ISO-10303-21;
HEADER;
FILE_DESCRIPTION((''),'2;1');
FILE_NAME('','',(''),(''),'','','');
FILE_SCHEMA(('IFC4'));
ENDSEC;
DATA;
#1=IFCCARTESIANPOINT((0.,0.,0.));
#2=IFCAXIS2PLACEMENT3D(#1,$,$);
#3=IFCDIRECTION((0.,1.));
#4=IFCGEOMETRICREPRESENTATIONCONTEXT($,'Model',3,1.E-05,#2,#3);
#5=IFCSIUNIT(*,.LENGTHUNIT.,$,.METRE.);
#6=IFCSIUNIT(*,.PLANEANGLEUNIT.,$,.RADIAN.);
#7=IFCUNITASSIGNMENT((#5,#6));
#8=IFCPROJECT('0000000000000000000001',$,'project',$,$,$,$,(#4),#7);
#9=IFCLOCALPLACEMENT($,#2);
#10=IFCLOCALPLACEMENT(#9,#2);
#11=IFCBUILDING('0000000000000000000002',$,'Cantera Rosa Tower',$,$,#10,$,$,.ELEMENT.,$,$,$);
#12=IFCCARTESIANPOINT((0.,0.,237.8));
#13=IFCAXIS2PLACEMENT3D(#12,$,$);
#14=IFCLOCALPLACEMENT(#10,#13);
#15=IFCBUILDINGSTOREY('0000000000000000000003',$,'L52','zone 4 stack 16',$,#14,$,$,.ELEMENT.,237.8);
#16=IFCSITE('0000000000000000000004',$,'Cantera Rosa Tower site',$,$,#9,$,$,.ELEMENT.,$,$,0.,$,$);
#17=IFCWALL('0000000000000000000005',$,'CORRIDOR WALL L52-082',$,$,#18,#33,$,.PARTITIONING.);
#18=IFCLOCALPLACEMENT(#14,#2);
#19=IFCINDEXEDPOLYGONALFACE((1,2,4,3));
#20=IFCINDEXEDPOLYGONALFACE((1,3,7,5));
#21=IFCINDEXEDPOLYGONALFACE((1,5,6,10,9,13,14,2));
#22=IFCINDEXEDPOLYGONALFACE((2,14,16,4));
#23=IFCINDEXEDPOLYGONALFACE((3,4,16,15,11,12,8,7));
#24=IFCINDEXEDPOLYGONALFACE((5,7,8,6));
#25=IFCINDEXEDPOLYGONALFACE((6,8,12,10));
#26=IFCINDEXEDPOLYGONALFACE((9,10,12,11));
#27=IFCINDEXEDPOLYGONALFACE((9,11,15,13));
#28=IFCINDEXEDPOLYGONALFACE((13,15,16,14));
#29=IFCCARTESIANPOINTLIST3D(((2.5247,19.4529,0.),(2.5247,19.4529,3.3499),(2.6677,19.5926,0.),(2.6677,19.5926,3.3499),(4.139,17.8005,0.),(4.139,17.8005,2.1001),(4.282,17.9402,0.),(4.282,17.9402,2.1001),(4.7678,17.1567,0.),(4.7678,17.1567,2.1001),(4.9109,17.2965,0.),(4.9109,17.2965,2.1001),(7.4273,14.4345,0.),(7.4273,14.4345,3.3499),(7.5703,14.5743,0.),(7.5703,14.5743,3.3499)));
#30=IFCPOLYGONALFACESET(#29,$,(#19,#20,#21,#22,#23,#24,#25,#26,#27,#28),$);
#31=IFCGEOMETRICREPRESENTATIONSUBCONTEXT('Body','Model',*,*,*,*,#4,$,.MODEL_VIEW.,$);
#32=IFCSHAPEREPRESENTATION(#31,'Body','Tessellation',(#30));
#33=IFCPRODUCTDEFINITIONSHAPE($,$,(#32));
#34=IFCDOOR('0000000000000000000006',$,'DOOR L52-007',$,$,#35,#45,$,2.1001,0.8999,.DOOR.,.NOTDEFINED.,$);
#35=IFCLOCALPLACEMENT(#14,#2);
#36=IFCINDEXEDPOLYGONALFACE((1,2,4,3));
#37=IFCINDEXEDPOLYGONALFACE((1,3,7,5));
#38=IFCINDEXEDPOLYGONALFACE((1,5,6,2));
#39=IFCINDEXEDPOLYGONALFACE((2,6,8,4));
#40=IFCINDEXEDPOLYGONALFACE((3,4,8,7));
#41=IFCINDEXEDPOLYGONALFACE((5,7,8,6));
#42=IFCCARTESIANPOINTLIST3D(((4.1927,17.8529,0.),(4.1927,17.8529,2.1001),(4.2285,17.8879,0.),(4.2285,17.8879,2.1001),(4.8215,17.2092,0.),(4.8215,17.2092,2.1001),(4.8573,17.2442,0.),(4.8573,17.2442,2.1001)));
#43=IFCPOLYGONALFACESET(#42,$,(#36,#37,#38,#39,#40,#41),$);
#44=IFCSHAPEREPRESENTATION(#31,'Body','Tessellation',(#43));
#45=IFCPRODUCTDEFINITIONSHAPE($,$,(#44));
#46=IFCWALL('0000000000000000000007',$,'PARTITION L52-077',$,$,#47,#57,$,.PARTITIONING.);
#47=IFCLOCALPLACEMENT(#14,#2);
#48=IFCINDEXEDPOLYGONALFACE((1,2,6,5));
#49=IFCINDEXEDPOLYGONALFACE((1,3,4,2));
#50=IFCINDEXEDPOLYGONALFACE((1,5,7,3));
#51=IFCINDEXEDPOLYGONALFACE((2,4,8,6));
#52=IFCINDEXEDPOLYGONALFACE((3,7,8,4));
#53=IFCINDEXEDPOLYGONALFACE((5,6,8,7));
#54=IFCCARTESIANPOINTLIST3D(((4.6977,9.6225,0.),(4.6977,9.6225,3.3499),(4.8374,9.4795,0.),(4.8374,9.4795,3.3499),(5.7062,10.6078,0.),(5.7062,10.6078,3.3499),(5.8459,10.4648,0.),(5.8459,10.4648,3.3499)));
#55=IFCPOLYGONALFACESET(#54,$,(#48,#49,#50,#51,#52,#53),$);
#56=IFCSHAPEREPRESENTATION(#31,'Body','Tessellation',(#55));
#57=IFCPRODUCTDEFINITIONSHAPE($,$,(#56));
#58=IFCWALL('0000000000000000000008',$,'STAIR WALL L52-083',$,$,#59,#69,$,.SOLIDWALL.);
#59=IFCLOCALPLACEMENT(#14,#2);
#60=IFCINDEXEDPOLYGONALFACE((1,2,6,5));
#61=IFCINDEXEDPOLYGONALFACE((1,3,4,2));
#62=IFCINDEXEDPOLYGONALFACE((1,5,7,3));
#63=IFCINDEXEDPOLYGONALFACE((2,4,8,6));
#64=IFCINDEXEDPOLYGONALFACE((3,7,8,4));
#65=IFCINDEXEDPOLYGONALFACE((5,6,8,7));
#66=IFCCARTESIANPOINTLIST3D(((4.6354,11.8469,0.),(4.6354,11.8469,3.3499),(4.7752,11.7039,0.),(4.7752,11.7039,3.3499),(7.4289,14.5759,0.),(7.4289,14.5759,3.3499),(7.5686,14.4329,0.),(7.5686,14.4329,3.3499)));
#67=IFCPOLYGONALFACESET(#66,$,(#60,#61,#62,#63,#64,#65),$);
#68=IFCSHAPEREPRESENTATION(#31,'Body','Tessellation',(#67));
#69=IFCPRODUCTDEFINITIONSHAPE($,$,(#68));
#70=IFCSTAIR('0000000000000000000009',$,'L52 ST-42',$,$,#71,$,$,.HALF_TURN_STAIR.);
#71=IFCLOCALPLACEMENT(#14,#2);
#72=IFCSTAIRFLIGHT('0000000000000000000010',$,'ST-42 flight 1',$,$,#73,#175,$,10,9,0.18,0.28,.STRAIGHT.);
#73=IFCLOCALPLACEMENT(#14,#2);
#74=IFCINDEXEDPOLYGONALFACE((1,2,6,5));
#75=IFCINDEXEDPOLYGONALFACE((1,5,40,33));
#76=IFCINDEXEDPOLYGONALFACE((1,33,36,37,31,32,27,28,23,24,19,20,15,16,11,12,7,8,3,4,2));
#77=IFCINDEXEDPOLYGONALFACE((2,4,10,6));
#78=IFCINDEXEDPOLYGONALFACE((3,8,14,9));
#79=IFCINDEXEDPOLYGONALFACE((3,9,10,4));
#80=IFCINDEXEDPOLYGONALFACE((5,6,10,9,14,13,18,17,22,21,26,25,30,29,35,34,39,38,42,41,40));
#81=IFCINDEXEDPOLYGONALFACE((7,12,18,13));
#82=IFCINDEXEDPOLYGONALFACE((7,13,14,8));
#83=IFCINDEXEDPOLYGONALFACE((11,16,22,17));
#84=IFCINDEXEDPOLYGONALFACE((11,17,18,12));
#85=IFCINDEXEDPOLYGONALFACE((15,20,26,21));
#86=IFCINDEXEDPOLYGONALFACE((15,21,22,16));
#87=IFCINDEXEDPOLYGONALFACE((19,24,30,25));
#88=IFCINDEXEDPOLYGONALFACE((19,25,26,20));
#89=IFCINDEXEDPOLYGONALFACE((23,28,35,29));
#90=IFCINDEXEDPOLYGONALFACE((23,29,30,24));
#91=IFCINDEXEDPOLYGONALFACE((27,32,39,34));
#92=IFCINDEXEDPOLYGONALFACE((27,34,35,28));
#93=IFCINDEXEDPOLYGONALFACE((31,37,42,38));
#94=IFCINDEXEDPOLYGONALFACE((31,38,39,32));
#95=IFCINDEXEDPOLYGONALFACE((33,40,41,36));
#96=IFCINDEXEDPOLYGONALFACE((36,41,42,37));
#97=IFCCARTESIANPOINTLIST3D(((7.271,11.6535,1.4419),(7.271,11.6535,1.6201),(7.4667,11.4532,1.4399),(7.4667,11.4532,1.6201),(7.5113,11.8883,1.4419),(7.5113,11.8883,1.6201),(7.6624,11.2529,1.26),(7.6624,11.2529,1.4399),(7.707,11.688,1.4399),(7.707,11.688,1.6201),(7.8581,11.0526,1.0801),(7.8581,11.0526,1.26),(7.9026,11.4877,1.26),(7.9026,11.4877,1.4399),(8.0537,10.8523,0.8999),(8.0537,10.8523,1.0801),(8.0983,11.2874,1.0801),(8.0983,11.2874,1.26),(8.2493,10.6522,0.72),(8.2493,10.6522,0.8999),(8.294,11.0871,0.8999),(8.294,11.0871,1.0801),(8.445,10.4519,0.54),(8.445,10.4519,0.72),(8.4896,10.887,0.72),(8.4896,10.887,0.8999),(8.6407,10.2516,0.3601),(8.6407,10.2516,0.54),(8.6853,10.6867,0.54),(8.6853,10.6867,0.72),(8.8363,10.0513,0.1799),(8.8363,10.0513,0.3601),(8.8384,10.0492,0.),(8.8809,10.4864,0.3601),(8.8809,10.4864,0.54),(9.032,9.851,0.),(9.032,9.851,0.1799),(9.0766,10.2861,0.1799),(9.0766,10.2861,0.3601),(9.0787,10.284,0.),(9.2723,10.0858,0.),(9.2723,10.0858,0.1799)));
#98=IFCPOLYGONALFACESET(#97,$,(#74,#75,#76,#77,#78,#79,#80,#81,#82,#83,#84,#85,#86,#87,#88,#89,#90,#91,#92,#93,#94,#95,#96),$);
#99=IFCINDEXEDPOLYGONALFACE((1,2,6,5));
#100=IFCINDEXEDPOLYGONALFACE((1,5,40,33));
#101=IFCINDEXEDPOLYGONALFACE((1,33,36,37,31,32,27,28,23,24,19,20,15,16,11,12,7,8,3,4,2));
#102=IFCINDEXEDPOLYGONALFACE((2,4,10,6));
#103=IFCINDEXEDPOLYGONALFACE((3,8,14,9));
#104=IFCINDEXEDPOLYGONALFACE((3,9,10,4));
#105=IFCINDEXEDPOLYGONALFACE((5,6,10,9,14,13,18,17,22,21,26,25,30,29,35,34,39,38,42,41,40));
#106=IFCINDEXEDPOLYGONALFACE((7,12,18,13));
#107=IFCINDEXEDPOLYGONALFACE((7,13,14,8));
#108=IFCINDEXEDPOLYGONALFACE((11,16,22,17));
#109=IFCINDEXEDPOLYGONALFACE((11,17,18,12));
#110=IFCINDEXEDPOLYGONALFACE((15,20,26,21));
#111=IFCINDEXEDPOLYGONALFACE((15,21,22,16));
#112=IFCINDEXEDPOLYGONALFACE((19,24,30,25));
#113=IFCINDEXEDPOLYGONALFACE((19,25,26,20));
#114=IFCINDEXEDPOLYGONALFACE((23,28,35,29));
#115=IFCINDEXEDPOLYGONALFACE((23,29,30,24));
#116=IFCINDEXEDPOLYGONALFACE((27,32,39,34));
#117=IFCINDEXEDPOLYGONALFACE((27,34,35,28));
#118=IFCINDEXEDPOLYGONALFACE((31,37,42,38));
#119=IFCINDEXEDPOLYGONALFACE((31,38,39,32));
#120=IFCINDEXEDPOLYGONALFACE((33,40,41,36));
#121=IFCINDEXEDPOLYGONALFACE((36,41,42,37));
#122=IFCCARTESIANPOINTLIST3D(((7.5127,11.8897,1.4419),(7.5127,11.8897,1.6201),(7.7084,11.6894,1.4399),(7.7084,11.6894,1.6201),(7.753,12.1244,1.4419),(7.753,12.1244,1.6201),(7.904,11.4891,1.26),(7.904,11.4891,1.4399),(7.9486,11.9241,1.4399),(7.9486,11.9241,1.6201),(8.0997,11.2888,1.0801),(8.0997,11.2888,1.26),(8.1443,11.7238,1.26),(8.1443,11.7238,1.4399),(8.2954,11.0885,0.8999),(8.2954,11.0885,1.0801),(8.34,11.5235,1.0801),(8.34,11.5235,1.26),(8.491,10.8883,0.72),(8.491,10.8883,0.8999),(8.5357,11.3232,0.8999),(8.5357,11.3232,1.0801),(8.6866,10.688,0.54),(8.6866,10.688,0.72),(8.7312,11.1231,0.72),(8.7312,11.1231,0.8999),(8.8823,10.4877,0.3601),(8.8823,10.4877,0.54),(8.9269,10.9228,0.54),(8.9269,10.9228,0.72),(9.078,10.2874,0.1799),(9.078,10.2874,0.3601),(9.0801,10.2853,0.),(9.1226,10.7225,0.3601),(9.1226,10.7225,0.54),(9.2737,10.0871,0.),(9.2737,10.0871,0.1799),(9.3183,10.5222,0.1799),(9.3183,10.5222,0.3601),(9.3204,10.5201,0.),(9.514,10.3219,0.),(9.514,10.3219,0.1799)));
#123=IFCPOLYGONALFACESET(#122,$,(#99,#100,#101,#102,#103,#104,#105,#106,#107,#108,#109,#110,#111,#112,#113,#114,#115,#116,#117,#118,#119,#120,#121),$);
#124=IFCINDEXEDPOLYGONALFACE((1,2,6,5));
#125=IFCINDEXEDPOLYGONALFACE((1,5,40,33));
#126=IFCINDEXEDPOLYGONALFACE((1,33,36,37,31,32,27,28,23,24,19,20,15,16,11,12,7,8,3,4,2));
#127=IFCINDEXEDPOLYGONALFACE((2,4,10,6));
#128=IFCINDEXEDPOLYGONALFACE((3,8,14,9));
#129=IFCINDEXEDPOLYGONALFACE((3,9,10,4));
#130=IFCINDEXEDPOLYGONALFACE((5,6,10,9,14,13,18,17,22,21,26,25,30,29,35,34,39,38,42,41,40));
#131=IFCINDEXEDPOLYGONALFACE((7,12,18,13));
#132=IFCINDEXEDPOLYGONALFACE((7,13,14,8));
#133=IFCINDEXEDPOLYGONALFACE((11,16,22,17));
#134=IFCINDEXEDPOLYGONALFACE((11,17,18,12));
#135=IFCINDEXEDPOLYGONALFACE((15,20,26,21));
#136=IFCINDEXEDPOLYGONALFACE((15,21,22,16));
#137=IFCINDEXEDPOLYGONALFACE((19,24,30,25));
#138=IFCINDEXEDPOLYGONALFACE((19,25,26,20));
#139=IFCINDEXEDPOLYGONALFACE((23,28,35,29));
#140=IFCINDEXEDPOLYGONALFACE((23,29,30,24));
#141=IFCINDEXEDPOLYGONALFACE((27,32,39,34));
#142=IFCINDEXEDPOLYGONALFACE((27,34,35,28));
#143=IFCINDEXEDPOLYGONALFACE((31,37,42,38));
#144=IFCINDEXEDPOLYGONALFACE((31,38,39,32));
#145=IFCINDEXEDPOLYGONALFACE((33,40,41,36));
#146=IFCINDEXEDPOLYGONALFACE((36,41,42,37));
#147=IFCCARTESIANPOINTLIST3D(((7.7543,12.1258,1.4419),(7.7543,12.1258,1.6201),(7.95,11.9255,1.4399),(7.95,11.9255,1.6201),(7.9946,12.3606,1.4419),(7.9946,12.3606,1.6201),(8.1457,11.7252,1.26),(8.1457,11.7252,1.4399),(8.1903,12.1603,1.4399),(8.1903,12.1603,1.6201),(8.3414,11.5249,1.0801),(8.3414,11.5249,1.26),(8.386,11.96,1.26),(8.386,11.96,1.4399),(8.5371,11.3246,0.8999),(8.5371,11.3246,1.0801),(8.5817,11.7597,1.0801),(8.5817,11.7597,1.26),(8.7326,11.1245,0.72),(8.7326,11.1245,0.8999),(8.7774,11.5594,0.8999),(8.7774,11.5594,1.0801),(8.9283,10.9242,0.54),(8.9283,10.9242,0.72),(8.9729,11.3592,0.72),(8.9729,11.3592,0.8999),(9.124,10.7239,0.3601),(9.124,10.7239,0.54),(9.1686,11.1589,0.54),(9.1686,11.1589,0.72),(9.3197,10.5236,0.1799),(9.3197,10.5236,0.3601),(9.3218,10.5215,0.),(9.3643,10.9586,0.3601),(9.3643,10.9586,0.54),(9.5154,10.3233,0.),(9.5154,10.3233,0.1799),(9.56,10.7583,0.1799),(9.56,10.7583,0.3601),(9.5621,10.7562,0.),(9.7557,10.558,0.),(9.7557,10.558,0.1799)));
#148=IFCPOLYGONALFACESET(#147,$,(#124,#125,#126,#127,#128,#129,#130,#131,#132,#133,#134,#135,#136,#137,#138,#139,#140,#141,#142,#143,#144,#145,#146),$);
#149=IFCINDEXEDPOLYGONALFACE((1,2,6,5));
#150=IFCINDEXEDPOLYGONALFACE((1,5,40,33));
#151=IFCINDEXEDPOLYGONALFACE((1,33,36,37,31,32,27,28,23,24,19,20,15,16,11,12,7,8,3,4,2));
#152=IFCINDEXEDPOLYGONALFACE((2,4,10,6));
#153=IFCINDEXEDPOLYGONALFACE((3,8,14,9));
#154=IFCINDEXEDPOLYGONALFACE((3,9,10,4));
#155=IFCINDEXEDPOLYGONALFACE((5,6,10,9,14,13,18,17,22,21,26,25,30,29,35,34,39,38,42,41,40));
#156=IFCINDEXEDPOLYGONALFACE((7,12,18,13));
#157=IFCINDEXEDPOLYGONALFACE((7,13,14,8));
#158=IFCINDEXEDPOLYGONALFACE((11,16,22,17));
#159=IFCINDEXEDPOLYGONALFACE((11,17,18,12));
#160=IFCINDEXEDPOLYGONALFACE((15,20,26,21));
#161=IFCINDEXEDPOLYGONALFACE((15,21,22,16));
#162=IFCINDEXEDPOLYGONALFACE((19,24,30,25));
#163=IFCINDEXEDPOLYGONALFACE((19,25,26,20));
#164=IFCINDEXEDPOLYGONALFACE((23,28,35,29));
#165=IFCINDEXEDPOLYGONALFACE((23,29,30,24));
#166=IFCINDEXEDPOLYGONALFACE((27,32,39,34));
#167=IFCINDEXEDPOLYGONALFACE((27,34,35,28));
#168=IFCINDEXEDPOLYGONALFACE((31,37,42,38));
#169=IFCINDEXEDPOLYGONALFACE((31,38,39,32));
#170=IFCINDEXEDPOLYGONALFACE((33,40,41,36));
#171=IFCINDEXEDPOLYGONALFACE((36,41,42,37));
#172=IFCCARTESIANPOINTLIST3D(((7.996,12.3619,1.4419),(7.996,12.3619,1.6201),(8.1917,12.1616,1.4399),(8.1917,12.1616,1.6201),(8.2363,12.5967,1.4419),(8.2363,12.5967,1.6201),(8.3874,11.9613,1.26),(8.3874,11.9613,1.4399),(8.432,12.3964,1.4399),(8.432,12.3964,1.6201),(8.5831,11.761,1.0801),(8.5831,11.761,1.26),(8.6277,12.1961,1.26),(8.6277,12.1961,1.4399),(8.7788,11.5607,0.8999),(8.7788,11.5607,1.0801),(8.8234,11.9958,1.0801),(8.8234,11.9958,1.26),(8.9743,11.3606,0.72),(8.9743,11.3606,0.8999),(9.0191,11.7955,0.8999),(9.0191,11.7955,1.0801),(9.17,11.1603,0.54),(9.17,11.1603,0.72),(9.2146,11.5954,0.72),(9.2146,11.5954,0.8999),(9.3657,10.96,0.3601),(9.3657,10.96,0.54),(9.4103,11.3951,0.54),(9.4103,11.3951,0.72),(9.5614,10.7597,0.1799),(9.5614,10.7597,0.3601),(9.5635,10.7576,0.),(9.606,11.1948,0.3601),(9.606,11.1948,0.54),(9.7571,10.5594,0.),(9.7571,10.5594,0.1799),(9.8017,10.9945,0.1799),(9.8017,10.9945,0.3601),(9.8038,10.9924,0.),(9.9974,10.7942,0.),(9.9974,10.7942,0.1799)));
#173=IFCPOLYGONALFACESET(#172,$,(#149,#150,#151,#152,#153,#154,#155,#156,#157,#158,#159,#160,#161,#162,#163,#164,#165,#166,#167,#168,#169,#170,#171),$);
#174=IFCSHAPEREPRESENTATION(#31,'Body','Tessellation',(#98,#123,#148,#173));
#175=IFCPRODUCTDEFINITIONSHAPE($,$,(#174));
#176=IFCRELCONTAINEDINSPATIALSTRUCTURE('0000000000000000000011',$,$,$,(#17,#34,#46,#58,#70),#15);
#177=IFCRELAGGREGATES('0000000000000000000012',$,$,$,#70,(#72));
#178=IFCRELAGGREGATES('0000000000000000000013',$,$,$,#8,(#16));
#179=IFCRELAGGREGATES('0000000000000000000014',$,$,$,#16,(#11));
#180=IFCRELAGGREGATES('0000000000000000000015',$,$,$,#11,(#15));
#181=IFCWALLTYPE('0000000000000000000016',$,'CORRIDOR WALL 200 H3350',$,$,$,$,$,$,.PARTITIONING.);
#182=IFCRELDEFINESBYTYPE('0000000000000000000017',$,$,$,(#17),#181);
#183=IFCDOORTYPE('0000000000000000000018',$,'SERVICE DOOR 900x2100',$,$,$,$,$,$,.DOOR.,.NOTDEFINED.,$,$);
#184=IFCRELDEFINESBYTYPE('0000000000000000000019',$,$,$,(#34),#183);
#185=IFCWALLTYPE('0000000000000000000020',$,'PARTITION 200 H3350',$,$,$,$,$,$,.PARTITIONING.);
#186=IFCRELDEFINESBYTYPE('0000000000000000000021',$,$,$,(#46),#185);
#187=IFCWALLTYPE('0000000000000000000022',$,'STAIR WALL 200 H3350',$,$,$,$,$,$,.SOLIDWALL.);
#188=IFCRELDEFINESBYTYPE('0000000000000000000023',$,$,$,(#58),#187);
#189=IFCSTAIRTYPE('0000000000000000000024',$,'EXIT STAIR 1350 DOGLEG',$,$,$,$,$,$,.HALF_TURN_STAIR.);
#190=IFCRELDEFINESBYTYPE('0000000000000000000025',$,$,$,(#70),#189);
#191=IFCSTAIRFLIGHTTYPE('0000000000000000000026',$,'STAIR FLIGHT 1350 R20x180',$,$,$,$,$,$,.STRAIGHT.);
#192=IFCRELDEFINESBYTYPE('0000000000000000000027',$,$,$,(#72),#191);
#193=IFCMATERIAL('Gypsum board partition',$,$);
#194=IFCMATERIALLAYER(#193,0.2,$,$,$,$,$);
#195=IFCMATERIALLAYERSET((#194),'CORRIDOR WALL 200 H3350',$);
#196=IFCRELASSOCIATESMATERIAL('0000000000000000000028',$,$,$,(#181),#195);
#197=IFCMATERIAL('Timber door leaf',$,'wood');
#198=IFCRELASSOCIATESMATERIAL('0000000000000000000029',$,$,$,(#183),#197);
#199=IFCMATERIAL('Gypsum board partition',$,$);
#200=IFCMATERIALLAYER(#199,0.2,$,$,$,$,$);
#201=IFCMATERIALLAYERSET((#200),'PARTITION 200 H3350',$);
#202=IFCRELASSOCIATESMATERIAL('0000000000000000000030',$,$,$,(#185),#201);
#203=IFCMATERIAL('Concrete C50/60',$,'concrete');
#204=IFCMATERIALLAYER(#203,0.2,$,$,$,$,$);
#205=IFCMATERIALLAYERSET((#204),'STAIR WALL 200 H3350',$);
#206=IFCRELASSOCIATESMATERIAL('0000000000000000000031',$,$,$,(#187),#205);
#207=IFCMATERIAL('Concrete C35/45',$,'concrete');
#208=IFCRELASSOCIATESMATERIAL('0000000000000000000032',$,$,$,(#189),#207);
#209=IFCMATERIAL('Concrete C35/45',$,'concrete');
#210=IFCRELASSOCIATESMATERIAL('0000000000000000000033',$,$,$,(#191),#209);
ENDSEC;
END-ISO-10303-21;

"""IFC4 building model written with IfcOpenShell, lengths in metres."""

from ifc_helpers import new_model, si_unit, direction, frame, frame_2d, origin, place, context, subcontext, project, spatial, polyline, rectangle, outline, extrude, material, layer, layer_set, type_object, element, fill, aggregate, save


model = new_model("IFC4")

# Units and contexts
model_context = context("Model", 3, precision=1e-05, world=origin(), true_north=direction((0.0, 1.0)))
body_context = subcontext(model_context, "Body", "Model", "MODEL_VIEW")
ifc_project = project(units=[si_unit("LENGTHUNIT", "METRE"), si_unit("PLANEANGLEUNIT", "RADIAN")], contexts=[model_context])

# Site, building, storey
site_placement = place(None, origin())
site = spatial("IfcSite", under=ifc_project, at=site_placement, Name="Cantera Rosa Tower site", CompositionType="ELEMENT", RefElevation=0.0)
building_placement = place(site_placement, origin())
building = spatial("IfcBuilding", under=site, at=building_placement, Name="Cantera Rosa Tower", CompositionType="ELEMENT")
storey_placement = place(building_placement, frame((0.0, 0.0, 237.8)))
storey = spatial("IfcBuildingStorey", under=building, at=storey_placement, Name="L52", Description="zone 4 stack 16", CompositionType="ELEMENT", Elevation=237.8)

# Wall, opening, door
ifc_material_1 = material(Name="Gypsum board partition")
ifc_layer_1 = layer(ifc_material_1, 0.2)
ifc_layer_set_1 = layer_set([ifc_layer_1], Name="CORRIDOR WALL 200 H3350")
wall_type_1 = type_object("IfcWallType", Name="CORRIDOR WALL 200 H3350", PredefinedType="PARTITIONING", material=ifc_layer_set_1)
wall_1_placement = place(storey_placement, frame((7.4988, 14.5044, 0.0), z_axis=(0.0, 0.0, 1.0), x_axis=(-0.698811, 0.715306, 0.0)))
wall_1 = element("IfcWall", 1, at=wall_1_placement, inside=storey, type_object=wall_type_1, Name="CORRIDOR WALL L52-082", PredefinedType="PARTITIONING", context=body_context, shape_type="SweptSolid", body=[
    extrude(rectangle(XDim=7.0156, YDim=0.2, at=frame_2d((3.5078, 0.0))), origin(), (0.0, 0.0, 1.0), 3.3499),
])
opening_placement = place(wall_1_placement, frame((3.8057, 0.0, 0.0)))
opening = element("IfcOpeningElement", 2, at=opening_placement, cuts=wall_1, PredefinedType="OPENING", context=body_context, shape_type="SweptSolid", body=[
    extrude(rectangle(XDim=0.8999, YDim=2.1001, at=frame_2d((0.45, 1.05))), frame((0.0, 0.1099, 0.0), z_axis=(0.0, -1.0, 0.0), x_axis=(1.0, 0.0, 0.0)), (0.0, 0.0, 1.0), 0.22),
])
ifc_material_2 = material(Name="Timber door leaf", Category="wood")
door_type = type_object("IfcDoorType", Name="SERVICE DOOR 900x2100", OperationType="NOTDEFINED", PredefinedType="DOOR", material=ifc_material_2)
door_placement = place(opening_placement, origin())
door = element("IfcDoor", 3, at=door_placement, inside=storey, type_object=door_type, Name="DOOR L52-007", OperationType="NOTDEFINED", OverallHeight=2.1001, OverallWidth=0.8999, PredefinedType="DOOR", context=body_context, shape_type="SweptSolid", body=[
    extrude(rectangle(XDim=0.8999, YDim=2.1001, at=frame_2d((0.45, 1.05))), frame((0.0, 0.0249, 0.0), z_axis=(0.0, -1.0, 0.0), x_axis=(1.0, 0.0, 0.0)), (0.0, 0.0, 1.0), 0.05),
])
fill(opening, door)

# Walls
ifc_material_3 = material(Name="Gypsum board partition")
ifc_layer_2 = layer(ifc_material_3, 0.2)
ifc_layer_set_2 = layer_set([ifc_layer_2], Name="PARTITION 200 H3350")
wall_type_2 = type_object("IfcWallType", Name="PARTITION 200 H3350", PredefinedType="PARTITIONING", material=ifc_layer_set_2)
wall_2_placement = place(storey_placement, frame((5.7761, 10.5364, 0.0), z_axis=(0.0, 0.0, 1.0), x_axis=(-0.715284, -0.698834, 0.0)))
element("IfcWall", 4, at=wall_2_placement, inside=storey, type_object=wall_type_2, Name="PARTITION L52-077", PredefinedType="PARTITIONING", context=body_context, shape_type="SweptSolid", body=[
    extrude(rectangle(XDim=1.4099, YDim=0.2, at=frame_2d((0.7051, 0.0))), origin(), (0.0, 0.0, 1.0), 3.3499),
])
ifc_material_4 = material(Name="Concrete C50/60", Category="concrete")
ifc_layer_3 = layer(ifc_material_4, 0.2)
ifc_layer_set_3 = layer_set([ifc_layer_3], Name="STAIR WALL 200 H3350")
wall_type_3 = type_object("IfcWallType", Name="STAIR WALL 200 H3350", PredefinedType="SOLIDWALL", material=ifc_layer_set_3)
wall_3_placement = place(storey_placement, frame((7.4988, 14.5044, 0.0), z_axis=(0.0, 0.0, 1.0), x_axis=(-0.715311, -0.698806, 0.0)))
element("IfcWall", 5, at=wall_3_placement, inside=storey, type_object=wall_type_3, Name="STAIR WALL L52-083", PredefinedType="SOLIDWALL", context=body_context, shape_type="SweptSolid", body=[
    extrude(rectangle(XDim=3.9053, YDim=0.2, at=frame_2d((1.9526, 0.0))), origin(), (0.0, 0.0, 1.0), 3.3499),
])

# Stair, stair flight
ifc_material_5 = material(Name="Concrete C35/45", Category="concrete")
stair_type = type_object("IfcStairType", Name="EXIT STAIR 1350 DOGLEG", PredefinedType="HALF_TURN_STAIR", material=ifc_material_5)
stair_placement = place(storey_placement, origin())
stair = element("IfcStair", 6, at=stair_placement, inside=storey, type_object=stair_type, Name="L52 ST-42", PredefinedType="HALF_TURN_STAIR")
ifc_material_6 = material(Name="Concrete C35/45", Category="concrete")
stair_flight_type = type_object("IfcStairFlightType", Name="STAIR FLIGHT 1350 R20x180", PredefinedType="STRAIGHT", material=ifc_material_6)
stair_flight_1_placement = place(storey_placement, frame((9.5149, 10.3228, 0.0), z_axis=(0.0, 0.0, 1.0), x_axis=(-0.698832, 0.715286, 0.0)))
stair_flight_1 = element("IfcStairFlight", 7, at=stair_flight_1_placement, type_object=stair_flight_type, Name="ST-42 flight 1", NumberOfRisers=10, NumberOfTreads=9, PredefinedType="STRAIGHT", RiserHeight=0.18, TreadLength=0.28, context=body_context, shape_type="SweptSolid", body=[
    extrude(outline(polyline([(0.0, 0.0), (0.0, 0.1799), (0.28, 0.1799), (0.28, 0.3601), (0.5601, 0.3601), (0.5601, 0.54), (0.8401, 0.54), (0.8401, 0.72), (1.1201, 0.72), (1.1201, 0.8999), (1.3999, 0.8999), (1.3999, 1.0801), (1.6799, 1.0801), (1.6799, 1.26), (1.96, 1.26), (1.96, 1.4399), (2.24, 1.4399), (2.24, 1.6201), (2.52, 1.6201), (2.52, 1.8), (2.52, 1.4419), (0.2771, 0.0), (0.0, 0.0)])), frame((0.0, 0.675, 0.0), z_axis=(0.0, -1.0, 0.0), x_axis=(1.0, 0.0, 0.0)), (0.0, 0.0, 1.0), 0.3359),
    extrude(outline(polyline([(0.0, 0.0), (0.0, 0.1799), (0.28, 0.1799), (0.28, 0.3601), (0.5601, 0.3601), (0.5601, 0.54), (0.8401, 0.54), (0.8401, 0.72), (1.1201, 0.72), (1.1201, 0.8999), (1.3999, 0.8999), (1.3999, 1.0801), (1.6799, 1.0801), (1.6799, 1.26), (1.96, 1.26), (1.96, 1.4399), (2.24, 1.4399), (2.24, 1.6201), (2.52, 1.6201), (2.52, 1.8), (2.52, 1.4419), (0.2771, 0.0), (0.0, 0.0)])), frame((0.0, 0.3372, 0.0), z_axis=(0.0, -1.0, 0.0), x_axis=(1.0, 0.0, 0.0)), (0.0, 0.0, 1.0), 0.3359),
    extrude(outline(polyline([(0.0, 0.0), (0.0, 0.1799), (0.28, 0.1799), (0.28, 0.3601), (0.5601, 0.3601), (0.5601, 0.54), (0.8401, 0.54), (0.8401, 0.72), (1.1201, 0.72), (1.1201, 0.8999), (1.3999, 0.8999), (1.3999, 1.0801), (1.6799, 1.0801), (1.6799, 1.26), (1.96, 1.26), (1.96, 1.4399), (2.24, 1.4399), (2.24, 1.6201), (2.52, 1.6201), (2.52, 1.8), (2.52, 1.4419), (0.2771, 0.0), (0.0, 0.0)])), frame((0.0, -0.0007, 0.0), z_axis=(0.0, -1.0, 0.0), x_axis=(1.0, 0.0, 0.0)), (0.0, 0.0, 1.0), 0.3359),
    extrude(outline(polyline([(0.0, 0.0), (0.0, 0.1799), (0.28, 0.1799), (0.28, 0.3601), (0.5601, 0.3601), (0.5601, 0.54), (0.8401, 0.54), (0.8401, 0.72), (1.1201, 0.72), (1.1201, 0.8999), (1.3999, 0.8999), (1.3999, 1.0801), (1.6799, 1.0801), (1.6799, 1.26), (1.96, 1.26), (1.96, 1.4399), (2.24, 1.4399), (2.24, 1.6201), (2.52, 1.6201), (2.52, 1.8), (2.52, 1.4419), (0.2771, 0.0), (0.0, 0.0)])), frame((0.0, -0.3386, 0.0), z_axis=(0.0, -1.0, 0.0), x_axis=(1.0, 0.0, 0.0)), (0.0, 0.0, 1.0), 0.3359),
])
aggregate(stair, [stair_flight_1])

save(model, "model.ifc")
